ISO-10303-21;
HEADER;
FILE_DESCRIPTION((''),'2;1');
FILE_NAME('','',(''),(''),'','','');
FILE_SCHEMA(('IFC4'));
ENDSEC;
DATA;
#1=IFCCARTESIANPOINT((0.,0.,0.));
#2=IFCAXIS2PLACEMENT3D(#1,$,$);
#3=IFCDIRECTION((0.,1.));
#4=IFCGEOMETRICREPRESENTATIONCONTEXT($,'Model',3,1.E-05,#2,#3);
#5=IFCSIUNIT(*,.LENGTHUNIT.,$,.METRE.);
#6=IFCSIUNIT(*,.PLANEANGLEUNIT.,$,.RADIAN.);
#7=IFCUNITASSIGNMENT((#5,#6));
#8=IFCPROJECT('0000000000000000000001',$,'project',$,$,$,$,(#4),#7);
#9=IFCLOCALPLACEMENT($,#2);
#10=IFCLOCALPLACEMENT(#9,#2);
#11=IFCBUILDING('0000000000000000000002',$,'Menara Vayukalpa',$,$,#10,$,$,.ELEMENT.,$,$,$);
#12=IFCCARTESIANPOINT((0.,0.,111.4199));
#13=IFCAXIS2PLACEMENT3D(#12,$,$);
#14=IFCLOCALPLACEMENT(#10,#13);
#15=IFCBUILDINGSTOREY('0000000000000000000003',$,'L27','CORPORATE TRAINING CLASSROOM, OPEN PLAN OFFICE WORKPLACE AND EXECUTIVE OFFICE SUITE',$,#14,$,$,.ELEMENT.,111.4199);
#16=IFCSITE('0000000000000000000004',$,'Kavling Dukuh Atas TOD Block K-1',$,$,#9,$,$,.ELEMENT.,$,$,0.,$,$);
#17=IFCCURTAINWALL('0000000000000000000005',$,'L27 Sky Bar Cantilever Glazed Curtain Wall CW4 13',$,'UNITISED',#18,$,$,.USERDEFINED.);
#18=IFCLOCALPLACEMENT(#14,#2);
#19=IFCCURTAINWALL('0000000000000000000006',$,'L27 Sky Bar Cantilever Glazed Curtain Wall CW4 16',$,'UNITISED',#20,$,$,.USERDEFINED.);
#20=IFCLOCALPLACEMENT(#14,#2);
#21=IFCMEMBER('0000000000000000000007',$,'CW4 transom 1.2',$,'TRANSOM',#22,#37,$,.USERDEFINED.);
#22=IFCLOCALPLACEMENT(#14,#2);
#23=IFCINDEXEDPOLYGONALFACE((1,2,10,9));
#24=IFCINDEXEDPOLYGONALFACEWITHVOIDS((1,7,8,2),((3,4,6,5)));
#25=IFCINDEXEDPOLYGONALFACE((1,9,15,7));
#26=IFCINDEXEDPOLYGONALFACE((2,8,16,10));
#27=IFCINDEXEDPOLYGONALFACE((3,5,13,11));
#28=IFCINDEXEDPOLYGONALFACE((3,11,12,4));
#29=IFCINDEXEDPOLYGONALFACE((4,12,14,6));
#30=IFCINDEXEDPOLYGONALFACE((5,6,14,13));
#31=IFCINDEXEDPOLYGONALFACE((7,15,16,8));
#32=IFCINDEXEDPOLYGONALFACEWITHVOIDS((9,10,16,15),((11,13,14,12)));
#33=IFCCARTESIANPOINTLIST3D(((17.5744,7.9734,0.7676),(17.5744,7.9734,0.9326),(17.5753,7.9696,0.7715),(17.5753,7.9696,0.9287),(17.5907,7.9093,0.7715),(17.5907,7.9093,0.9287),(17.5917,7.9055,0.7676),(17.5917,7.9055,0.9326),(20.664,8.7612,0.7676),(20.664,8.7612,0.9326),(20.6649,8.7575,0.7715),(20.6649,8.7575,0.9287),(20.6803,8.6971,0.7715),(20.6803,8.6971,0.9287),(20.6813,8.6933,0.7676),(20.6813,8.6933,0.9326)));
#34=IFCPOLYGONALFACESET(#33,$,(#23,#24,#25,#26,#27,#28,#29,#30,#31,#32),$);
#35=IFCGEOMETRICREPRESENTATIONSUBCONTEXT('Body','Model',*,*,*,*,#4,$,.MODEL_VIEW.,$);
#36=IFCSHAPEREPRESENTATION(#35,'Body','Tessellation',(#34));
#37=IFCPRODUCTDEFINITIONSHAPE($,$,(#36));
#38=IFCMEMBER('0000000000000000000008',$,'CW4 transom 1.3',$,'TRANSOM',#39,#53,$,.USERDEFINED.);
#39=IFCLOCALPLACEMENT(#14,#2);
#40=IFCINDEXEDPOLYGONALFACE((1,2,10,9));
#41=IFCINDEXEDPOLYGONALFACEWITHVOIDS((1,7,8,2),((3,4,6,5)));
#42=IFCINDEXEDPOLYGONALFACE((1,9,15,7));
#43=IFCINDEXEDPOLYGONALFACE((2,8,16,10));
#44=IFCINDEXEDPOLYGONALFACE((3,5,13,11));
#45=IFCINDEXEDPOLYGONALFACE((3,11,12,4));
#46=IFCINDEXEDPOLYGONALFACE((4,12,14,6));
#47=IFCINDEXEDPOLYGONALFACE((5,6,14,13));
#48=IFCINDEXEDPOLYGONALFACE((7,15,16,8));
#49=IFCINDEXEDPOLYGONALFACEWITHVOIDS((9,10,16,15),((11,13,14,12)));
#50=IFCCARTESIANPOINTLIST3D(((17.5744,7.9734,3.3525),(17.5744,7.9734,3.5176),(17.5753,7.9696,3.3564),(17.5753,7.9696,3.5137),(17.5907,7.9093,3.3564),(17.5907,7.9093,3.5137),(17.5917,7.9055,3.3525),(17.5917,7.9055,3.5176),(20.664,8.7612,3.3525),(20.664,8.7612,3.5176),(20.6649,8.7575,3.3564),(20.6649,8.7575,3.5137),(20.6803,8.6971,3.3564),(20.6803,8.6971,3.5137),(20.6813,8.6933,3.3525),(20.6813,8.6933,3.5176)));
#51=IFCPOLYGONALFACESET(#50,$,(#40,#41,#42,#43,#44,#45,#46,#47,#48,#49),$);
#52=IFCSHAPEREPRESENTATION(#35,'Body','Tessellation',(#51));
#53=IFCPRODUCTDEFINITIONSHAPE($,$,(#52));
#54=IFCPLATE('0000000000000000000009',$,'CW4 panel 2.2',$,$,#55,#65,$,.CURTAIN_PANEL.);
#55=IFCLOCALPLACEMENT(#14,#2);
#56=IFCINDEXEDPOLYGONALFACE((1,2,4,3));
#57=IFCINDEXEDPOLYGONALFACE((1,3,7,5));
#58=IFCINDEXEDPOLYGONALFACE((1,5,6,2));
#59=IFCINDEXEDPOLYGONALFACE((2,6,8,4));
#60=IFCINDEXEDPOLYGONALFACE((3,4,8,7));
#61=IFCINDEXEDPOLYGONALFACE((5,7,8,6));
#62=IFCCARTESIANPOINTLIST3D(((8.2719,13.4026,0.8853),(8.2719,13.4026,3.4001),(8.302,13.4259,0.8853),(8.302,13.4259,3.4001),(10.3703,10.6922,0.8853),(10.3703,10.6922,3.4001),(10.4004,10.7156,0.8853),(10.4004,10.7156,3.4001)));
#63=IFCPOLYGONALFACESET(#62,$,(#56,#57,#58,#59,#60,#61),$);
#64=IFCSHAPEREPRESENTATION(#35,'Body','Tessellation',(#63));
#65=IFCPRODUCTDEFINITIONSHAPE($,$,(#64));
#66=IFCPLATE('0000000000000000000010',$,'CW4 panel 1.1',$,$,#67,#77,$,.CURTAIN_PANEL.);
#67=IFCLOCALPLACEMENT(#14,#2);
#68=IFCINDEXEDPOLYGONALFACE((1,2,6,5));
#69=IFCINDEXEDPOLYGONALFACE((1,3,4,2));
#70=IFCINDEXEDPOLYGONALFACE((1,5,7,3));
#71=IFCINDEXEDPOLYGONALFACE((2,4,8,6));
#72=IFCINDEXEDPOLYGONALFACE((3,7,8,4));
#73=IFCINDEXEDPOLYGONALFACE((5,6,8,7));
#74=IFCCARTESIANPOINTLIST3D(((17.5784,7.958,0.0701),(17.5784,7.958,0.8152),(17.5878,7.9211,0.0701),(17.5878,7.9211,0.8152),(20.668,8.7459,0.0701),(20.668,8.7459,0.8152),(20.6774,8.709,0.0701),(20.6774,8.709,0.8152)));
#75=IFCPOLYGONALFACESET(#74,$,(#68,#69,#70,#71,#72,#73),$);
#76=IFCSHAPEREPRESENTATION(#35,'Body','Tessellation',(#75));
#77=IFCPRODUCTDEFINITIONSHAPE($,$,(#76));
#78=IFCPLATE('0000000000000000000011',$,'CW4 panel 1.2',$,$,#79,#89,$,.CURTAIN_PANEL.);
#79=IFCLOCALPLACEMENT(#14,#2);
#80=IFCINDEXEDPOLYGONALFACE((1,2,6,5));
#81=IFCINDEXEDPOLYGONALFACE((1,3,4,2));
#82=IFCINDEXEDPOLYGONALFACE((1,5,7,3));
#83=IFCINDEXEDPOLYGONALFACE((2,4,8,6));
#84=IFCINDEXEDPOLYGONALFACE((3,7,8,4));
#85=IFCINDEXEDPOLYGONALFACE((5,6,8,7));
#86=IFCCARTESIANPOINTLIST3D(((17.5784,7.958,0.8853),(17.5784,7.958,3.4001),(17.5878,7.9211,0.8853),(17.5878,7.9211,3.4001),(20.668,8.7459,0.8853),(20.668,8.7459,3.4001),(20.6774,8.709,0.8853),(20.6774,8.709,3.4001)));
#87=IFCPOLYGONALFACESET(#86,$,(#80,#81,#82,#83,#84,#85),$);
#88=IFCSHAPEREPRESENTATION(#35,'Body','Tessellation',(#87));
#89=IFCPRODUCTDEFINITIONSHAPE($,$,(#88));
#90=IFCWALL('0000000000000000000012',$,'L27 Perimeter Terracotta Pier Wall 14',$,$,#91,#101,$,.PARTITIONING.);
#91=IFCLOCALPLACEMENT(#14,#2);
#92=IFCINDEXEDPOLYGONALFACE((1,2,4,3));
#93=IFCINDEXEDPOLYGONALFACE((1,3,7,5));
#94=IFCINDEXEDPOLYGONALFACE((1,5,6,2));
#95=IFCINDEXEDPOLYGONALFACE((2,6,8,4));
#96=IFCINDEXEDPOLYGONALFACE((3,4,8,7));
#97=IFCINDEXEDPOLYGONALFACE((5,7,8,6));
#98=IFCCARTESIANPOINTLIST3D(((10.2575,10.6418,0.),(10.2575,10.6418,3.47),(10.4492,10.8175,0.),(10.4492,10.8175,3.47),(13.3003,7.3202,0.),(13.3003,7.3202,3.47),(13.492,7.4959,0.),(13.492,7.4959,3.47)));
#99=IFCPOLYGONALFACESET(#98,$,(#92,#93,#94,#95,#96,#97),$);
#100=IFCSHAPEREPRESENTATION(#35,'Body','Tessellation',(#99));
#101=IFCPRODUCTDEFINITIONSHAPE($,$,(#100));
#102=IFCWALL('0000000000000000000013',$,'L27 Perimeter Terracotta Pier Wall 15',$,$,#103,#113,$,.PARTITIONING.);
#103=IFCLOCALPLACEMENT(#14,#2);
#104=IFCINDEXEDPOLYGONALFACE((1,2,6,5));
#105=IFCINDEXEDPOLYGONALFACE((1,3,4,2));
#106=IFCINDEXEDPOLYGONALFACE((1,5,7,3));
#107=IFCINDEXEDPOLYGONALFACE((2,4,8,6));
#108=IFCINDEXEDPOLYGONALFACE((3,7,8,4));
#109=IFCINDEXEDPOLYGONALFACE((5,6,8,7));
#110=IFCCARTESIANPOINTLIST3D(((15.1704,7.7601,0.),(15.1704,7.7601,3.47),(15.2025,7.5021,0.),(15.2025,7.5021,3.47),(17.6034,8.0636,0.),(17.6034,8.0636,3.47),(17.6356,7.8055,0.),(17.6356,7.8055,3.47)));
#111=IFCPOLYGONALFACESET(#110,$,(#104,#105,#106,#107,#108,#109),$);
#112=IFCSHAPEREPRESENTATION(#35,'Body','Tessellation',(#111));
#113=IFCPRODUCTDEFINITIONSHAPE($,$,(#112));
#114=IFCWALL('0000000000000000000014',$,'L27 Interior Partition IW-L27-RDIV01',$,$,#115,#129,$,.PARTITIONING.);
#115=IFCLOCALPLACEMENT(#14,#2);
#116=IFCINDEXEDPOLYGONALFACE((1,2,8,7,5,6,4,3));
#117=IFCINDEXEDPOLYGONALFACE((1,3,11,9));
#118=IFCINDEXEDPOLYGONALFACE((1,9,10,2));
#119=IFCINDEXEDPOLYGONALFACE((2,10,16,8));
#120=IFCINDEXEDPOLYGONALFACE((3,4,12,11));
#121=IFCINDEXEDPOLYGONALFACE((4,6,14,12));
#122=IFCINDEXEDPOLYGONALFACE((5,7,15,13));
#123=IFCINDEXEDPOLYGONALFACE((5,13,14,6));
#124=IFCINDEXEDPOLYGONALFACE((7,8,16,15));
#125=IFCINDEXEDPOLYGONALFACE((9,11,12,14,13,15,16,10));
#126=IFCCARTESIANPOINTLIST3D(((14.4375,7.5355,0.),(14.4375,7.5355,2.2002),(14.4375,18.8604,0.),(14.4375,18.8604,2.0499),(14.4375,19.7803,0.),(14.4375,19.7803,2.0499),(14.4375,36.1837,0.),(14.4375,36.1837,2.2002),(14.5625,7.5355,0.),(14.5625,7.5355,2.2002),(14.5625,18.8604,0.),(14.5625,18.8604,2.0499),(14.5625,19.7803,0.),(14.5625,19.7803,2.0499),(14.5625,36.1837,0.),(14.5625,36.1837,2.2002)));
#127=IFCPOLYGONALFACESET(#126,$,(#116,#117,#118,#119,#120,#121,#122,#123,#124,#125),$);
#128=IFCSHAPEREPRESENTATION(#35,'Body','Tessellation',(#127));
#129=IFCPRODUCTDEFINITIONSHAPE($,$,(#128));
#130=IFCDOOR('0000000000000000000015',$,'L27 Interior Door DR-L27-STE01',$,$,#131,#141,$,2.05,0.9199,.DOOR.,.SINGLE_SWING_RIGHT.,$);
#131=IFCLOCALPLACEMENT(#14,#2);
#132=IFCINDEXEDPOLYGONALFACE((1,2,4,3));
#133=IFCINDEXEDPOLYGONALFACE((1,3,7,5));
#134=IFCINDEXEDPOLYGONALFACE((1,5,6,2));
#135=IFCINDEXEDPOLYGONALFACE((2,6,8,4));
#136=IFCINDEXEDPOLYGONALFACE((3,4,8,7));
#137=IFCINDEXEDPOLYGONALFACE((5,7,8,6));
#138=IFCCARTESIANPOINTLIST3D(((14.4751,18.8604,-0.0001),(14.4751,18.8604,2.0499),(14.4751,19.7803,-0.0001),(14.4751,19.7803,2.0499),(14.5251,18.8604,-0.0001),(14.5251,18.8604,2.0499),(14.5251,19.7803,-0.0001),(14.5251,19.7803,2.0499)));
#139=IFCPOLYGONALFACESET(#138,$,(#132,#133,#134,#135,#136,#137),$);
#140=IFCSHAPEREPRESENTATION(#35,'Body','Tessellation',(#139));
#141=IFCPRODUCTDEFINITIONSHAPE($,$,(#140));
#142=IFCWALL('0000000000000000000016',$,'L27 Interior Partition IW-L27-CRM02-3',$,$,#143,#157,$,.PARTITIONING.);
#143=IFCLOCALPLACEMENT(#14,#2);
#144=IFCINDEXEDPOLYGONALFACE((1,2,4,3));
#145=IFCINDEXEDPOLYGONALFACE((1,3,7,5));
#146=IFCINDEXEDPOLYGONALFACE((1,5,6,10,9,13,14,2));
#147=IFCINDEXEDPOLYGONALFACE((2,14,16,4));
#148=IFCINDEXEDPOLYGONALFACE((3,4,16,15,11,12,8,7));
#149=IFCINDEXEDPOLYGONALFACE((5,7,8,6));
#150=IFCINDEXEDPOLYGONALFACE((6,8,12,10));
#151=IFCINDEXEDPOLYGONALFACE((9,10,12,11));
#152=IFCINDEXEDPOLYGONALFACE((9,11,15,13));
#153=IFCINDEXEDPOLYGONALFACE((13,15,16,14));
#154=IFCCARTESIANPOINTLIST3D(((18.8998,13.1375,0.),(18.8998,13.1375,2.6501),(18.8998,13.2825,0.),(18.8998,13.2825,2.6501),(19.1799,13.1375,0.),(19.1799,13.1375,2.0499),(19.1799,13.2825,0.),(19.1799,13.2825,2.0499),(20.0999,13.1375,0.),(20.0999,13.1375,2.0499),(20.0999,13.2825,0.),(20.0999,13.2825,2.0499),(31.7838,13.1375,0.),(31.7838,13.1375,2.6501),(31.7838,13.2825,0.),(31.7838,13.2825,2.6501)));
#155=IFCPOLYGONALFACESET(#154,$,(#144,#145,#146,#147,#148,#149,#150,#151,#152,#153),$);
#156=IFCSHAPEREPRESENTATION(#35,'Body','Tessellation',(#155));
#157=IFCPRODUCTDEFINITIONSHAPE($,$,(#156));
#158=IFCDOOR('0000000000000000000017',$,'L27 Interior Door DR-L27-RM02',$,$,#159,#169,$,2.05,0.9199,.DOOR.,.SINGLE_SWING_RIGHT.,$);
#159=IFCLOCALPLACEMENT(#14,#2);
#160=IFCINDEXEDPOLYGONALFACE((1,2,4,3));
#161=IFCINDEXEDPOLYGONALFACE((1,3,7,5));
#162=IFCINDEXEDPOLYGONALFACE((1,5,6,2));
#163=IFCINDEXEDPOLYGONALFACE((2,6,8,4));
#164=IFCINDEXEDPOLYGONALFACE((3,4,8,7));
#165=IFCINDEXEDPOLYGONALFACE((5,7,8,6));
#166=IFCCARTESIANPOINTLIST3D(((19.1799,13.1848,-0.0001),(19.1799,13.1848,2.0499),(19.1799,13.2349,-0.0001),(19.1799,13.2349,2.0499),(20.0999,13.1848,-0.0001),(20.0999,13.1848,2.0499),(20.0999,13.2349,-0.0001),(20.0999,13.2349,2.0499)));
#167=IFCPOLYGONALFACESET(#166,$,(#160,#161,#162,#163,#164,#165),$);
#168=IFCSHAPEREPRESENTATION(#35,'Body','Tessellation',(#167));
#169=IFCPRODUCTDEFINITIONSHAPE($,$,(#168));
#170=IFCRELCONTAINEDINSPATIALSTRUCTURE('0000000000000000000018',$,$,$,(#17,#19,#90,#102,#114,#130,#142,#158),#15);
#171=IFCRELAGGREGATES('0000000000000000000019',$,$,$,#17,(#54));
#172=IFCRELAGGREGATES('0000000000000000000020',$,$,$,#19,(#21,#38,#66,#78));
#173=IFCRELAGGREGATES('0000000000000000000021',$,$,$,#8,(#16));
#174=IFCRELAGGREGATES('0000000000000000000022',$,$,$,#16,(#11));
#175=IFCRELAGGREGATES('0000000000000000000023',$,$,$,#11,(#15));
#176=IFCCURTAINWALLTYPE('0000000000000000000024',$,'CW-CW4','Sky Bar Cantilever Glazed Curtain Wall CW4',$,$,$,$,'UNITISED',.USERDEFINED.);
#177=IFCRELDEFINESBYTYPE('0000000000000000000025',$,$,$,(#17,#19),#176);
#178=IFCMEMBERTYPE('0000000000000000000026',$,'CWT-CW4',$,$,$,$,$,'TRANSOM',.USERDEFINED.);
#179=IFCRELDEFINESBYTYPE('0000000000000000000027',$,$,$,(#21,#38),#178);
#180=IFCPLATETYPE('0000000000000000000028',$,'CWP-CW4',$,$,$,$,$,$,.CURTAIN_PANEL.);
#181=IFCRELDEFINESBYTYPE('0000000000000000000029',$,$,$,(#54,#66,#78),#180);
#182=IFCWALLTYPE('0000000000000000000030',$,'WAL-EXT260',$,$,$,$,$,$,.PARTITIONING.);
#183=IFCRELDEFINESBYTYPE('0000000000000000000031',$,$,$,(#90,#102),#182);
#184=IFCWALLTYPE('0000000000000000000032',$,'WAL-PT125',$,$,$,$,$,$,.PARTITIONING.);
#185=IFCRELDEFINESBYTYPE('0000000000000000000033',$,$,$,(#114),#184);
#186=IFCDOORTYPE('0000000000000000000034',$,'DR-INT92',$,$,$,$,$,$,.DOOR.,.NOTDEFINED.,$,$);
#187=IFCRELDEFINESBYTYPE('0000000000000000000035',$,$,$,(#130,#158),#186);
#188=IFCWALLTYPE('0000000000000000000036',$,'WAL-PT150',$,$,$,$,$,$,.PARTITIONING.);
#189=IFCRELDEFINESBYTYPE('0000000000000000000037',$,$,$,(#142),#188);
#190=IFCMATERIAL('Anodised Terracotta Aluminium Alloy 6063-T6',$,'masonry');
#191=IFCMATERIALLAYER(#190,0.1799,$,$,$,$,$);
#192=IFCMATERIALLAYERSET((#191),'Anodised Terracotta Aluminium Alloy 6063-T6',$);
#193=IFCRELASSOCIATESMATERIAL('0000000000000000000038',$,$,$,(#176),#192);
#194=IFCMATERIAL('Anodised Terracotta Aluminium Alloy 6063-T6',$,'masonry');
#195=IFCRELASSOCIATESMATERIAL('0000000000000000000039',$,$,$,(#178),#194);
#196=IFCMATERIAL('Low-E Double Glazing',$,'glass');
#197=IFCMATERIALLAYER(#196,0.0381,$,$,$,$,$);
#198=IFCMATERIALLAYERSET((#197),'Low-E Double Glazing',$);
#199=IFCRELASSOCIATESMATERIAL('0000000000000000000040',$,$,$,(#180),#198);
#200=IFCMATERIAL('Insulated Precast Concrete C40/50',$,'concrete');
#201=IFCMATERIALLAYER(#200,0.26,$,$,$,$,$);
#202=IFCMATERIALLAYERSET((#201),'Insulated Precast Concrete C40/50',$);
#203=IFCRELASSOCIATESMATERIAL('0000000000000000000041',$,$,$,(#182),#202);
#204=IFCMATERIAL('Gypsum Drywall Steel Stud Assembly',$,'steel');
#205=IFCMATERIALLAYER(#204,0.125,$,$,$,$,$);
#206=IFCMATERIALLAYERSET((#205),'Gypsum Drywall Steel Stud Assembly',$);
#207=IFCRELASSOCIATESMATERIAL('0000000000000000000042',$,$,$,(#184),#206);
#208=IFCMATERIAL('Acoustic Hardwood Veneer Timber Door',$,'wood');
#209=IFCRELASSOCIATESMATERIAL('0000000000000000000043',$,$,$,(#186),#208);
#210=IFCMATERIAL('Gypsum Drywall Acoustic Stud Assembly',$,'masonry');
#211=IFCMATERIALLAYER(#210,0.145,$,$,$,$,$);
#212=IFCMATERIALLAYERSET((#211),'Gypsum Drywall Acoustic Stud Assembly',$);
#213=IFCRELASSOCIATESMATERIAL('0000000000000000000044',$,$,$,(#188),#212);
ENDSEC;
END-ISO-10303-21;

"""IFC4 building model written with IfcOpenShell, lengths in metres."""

from ifc_helpers import new_model, si_unit, direction, frame, frame_2d, origin, origin_2d, place, context, subcontext, project, spatial, rectangle, hollow_rectangle, extrude, material, layer, layer_set, material_profile, profile_set, type_object, element, fill, aggregate, save


model = new_model("IFC4")

# Units and contexts
model_context = context("Model", 3, precision=1e-05, world=origin(), true_north=direction((0.0, 1.0)))
body_context = subcontext(model_context, "Body", "Model", "MODEL_VIEW")
ifc_project = project(units=[si_unit("LENGTHUNIT", "METRE"), si_unit("PLANEANGLEUNIT", "RADIAN")], contexts=[model_context])

# Site, building, storey
site_placement = place(None, origin())
site = spatial("IfcSite", under=ifc_project, at=site_placement, Name="Kavling Dukuh Atas TOD Block K-1", CompositionType="ELEMENT", RefElevation=0.0)
building_placement = place(site_placement, origin())
building = spatial("IfcBuilding", under=site, at=building_placement, Name="Menara Vayukalpa", CompositionType="ELEMENT")
storey_placement = place(building_placement, frame((0.0, 0.0, 111.4199)))
storey = spatial("IfcBuildingStorey", under=building, at=storey_placement, Name="L27", Description="CORPORATE TRAINING CLASSROOM, OPEN PLAN OFFICE WORKPLACE AND EXECUTIVE OFFICE SUITE", CompositionType="ELEMENT", Elevation=111.4199)

# Curtain wall
ifc_material_1 = material(Name="Anodised Terracotta Aluminium Alloy 6063-T6", Category="masonry")
ifc_layer_1 = layer(ifc_material_1, 0.1799)
ifc_layer_set_1 = layer_set([ifc_layer_1], Name="Anodised Terracotta Aluminium Alloy 6063-T6")
curtain_wall_type = type_object("IfcCurtainWallType", Name="CW-CW4", Description="Sky Bar Cantilever Glazed Curtain Wall CW4", ElementType="UNITISED", PredefinedType="USERDEFINED", material=ifc_layer_set_1)
curtain_wall_1_placement = place(storey_placement, origin())
curtain_wall_1 = element("IfcCurtainWall", 1, at=curtain_wall_1_placement, inside=storey, type_object=curtain_wall_type, Name="L27 Sky Bar Cantilever Glazed Curtain Wall CW4 13", ObjectType="UNITISED", PredefinedType="USERDEFINED")

# Curtain wall, members
curtain_wall_2_placement = place(storey_placement, origin())
curtain_wall_2 = element("IfcCurtainWall", 2, at=curtain_wall_2_placement, inside=storey, type_object=curtain_wall_type, Name="L27 Sky Bar Cantilever Glazed Curtain Wall CW4 16", ObjectType="UNITISED", PredefinedType="USERDEFINED")
ifc_material_2 = material(Name="Anodised Terracotta Aluminium Alloy 6063-T6", Category="masonry")
ifc_material_profile_1 = material_profile(ifc_material_2, hollow_rectangle(XDim=0.0701, YDim=0.165, WallThickness=0.0039, at=origin_2d()), Name="ALU 70x165x4")
ifc_profile_set_1 = profile_set([ifc_material_profile_1], Name="Anodised Terracotta Aluminium Alloy 6063-T6")
member_type_1 = type_object("IfcMemberType", Name="CWT-CW4", ElementType="TRANSOM", PredefinedType="USERDEFINED", material=ifc_profile_set_1)
member_1_placement = place(storey_placement, frame((17.583, 7.9395, 0.8501), z_axis=(0.968992, 0.247091, 0.0), x_axis=(-0.247091, 0.968992, 0.0)))
member_1 = element("IfcMember", 3, at=member_1_placement, type_object=member_type_1, Name="CW4 transom 1.2", ObjectType="TRANSOM", PredefinedType="USERDEFINED", context=body_context, shape_type="SweptSolid", body=[
    extrude(hollow_rectangle(XDim=0.0701, YDim=0.165, WallThickness=0.0039, at=origin_2d()), origin(), (0.0, 0.0, 1.0), 3.1885),
])
member_2_placement = place(storey_placement, frame((17.583, 7.9395, 3.4351), z_axis=(0.968992, 0.247091, 0.0), x_axis=(-0.247091, 0.968992, 0.0)))
member_2 = element("IfcMember", 4, at=member_2_placement, type_object=member_type_1, Name="CW4 transom 1.3", ObjectType="TRANSOM", PredefinedType="USERDEFINED", context=body_context, shape_type="SweptSolid", body=[
    extrude(hollow_rectangle(XDim=0.0701, YDim=0.165, WallThickness=0.0039, at=origin_2d()), origin(), (0.0, 0.0, 1.0), 3.1885),
])

# Plates
ifc_material_3 = material(Name="Low-E Double Glazing", Category="glass")
ifc_layer_2 = layer(ifc_material_3, 0.0381)
ifc_layer_set_2 = layer_set([ifc_layer_2], Name="Low-E Double Glazing")
plate_type = type_object("IfcPlateType", Name="CWP-CW4", PredefinedType="CURTAIN_PANEL", material=ifc_layer_set_2)
plate_1_placement = place(storey_placement, frame((9.3362, 12.0591, 0.8853), z_axis=(0.0, 0.0, 1.0), x_axis=(0.612189, -0.790712, 0.0)))
plate_1 = element("IfcPlate", 5, at=plate_1_placement, type_object=plate_type, Name="CW4 panel 2.2", PredefinedType="CURTAIN_PANEL", context=body_context, shape_type="SweptSolid", body=[
    extrude(rectangle(XDim=3.4277, YDim=0.0381, at=origin_2d()), origin(), (0.0, 0.0, 1.0), 2.5149),
])
aggregate(curtain_wall_1, [plate_1])
plate_2_placement = place(storey_placement, frame((19.1279, 8.3335, 0.0701), z_axis=(0.0, 0.0, 1.0), x_axis=(0.968982, 0.247131, 0.0)))
plate_2 = element("IfcPlate", 6, at=plate_2_placement, type_object=plate_type, Name="CW4 panel 1.1", PredefinedType="CURTAIN_PANEL", context=body_context, shape_type="SweptSolid", body=[
    extrude(rectangle(XDim=3.1885, YDim=0.0381, at=origin_2d()), origin(), (0.0, 0.0, 1.0), 0.7451),
])
plate_3_placement = place(storey_placement, frame((19.1279, 8.3335, 0.8853), z_axis=(0.0, 0.0, 1.0), x_axis=(0.968982, 0.247131, 0.0)))
plate_3 = element("IfcPlate", 7, at=plate_3_placement, type_object=plate_type, Name="CW4 panel 1.2", PredefinedType="CURTAIN_PANEL", context=body_context, shape_type="SweptSolid", body=[
    extrude(rectangle(XDim=3.1885, YDim=0.0381, at=origin_2d()), origin(), (0.0, 0.0, 1.0), 2.5149),
])
aggregate(curtain_wall_2, [member_1, member_2, plate_2, plate_3])

# Walls
ifc_material_4 = material(Name="Insulated Precast Concrete C40/50", Category="concrete")
ifc_layer_3 = layer(ifc_material_4, 0.26)
ifc_layer_set_3 = layer_set([ifc_layer_3], Name="Insulated Precast Concrete C40/50")
wall_type_1 = type_object("IfcWallType", Name="WAL-EXT260", PredefinedType="PARTITIONING", material=ifc_layer_set_3)
wall_1_placement = place(storey_placement, frame((13.3962, 7.408, 0.0), z_axis=(0.0, 0.0, 1.0), x_axis=(-0.675482, 0.737377, 0.0)))
element("IfcWall", 8, at=wall_1_placement, inside=storey, type_object=wall_type_1, Name="L27 Perimeter Terracotta Pier Wall 14", PredefinedType="PARTITIONING", context=body_context, shape_type="SweptSolid", body=[
    extrude(rectangle(XDim=4.5046, YDim=0.26, at=frame_2d((2.2524, 0.0))), origin(), (0.0, 0.0, 1.0), 3.47),
])
wall_2_placement = place(storey_placement, frame((17.6196, 7.9346, 0.0), z_axis=(0.0, 0.0, 1.0), x_axis=(-0.992312, -0.123765, 0.0)))
element("IfcWall", 9, at=wall_2_placement, inside=storey, type_object=wall_type_1, Name="L27 Perimeter Terracotta Pier Wall 15", PredefinedType="PARTITIONING", context=body_context, shape_type="SweptSolid", body=[
    extrude(rectangle(XDim=2.4519, YDim=0.26, at=frame_2d((1.2261, 0.0))), origin(), (0.0, 0.0, 1.0), 3.47),
])

# Walls, openings, doors
ifc_material_5 = material(Name="Gypsum Drywall Steel Stud Assembly", Category="steel")
ifc_layer_4 = layer(ifc_material_5, 0.125)
ifc_layer_set_4 = layer_set([ifc_layer_4], Name="Gypsum Drywall Steel Stud Assembly")
wall_type_2 = type_object("IfcWallType", Name="WAL-PT125", PredefinedType="PARTITIONING", material=ifc_layer_set_4)
wall_3_placement = place(storey_placement, frame((14.5, 7.5354, 0.0), z_axis=(0.0, 0.0, 1.0), x_axis=(0.0, 1.0, 0.0)))
wall_3 = element("IfcWall", 10, at=wall_3_placement, inside=storey, type_object=wall_type_2, Name="L27 Interior Partition IW-L27-RDIV01", PredefinedType="PARTITIONING", context=body_context, shape_type="SweptSolid", body=[
    extrude(rectangle(XDim=28.6482, YDim=0.125, at=frame_2d((14.3242, 0.0))), origin(), (0.0, 0.0, 1.0), 2.2002),
])
opening_1_placement = place(wall_3_placement, frame((11.325, 0.0, 0.0)))
opening_1 = element("IfcOpeningElement", 11, at=opening_1_placement, cuts=wall_3, PredefinedType="OPENING", context=body_context, shape_type="SweptSolid", body=[
    extrude(rectangle(XDim=0.9199, YDim=2.05, at=frame_2d((0.46, 1.0249))), frame((0.0, 0.0725, 0.0), z_axis=(0.0, -1.0, 0.0), x_axis=(1.0, 0.0, 0.0)), (0.0, 0.0, 1.0), 0.145),
])
ifc_material_6 = material(Name="Acoustic Hardwood Veneer Timber Door", Category="wood")
door_type = type_object("IfcDoorType", Name="DR-INT92", OperationType="NOTDEFINED", PredefinedType="DOOR", material=ifc_material_6)
door_1_placement = place(opening_1_placement, origin())
door_1 = element("IfcDoor", 12, at=door_1_placement, inside=storey, type_object=door_type, Name="L27 Interior Door DR-L27-STE01", OperationType="SINGLE_SWING_RIGHT", OverallHeight=2.05, OverallWidth=0.9199, PredefinedType="DOOR", context=body_context, shape_type="SweptSolid", body=[
    extrude(rectangle(XDim=0.9199, YDim=2.05, at=frame_2d((0.46, 1.0249))), frame((0.0, 0.0249, 0.0), z_axis=(0.0, -1.0, 0.0), x_axis=(1.0, 0.0, 0.0)), (0.0, 0.0, 1.0), 0.05),
])
fill(opening_1, door_1)
ifc_material_7 = material(Name="Gypsum Drywall Acoustic Stud Assembly", Category="masonry")
ifc_layer_5 = layer(ifc_material_7, 0.145)
ifc_layer_set_5 = layer_set([ifc_layer_5], Name="Gypsum Drywall Acoustic Stud Assembly")
wall_type_3 = type_object("IfcWallType", Name="WAL-PT150", PredefinedType="PARTITIONING", material=ifc_layer_set_5)
wall_4_placement = place(storey_placement, frame((18.8999, 13.21, 0.0), z_axis=(0.0, 0.0, 1.0), x_axis=(1.0, 0.0, 0.0)))
wall_4 = element("IfcWall", 13, at=wall_4_placement, inside=storey, type_object=wall_type_3, Name="L27 Interior Partition IW-L27-CRM02-3", PredefinedType="PARTITIONING", context=body_context, shape_type="SweptSolid", body=[
    extrude(rectangle(XDim=12.884, YDim=0.145, at=frame_2d((6.4419, 0.0))), origin(), (0.0, 0.0, 1.0), 2.6501),
])
opening_2_placement = place(wall_4_placement, frame((0.28, 0.0, 0.0)))
opening_2 = element("IfcOpeningElement", 14, at=opening_2_placement, cuts=wall_4, PredefinedType="OPENING", context=body_context, shape_type="SweptSolid", body=[
    extrude(rectangle(XDim=0.9199, YDim=2.05, at=frame_2d((0.46, 1.0249))), frame((0.0, 0.0825, 0.0), z_axis=(0.0, -1.0, 0.0), x_axis=(1.0, 0.0, 0.0)), (0.0, 0.0, 1.0), 0.165),
])
door_2_placement = place(opening_2_placement, origin())
door_2 = element("IfcDoor", 15, at=door_2_placement, inside=storey, type_object=door_type, Name="L27 Interior Door DR-L27-RM02", OperationType="SINGLE_SWING_RIGHT", OverallHeight=2.05, OverallWidth=0.9199, PredefinedType="DOOR", context=body_context, shape_type="SweptSolid", body=[
    extrude(rectangle(XDim=0.9199, YDim=2.05, at=frame_2d((0.46, 1.0249))), frame((0.0, 0.0249, 0.0), z_axis=(0.0, -1.0, 0.0), x_axis=(1.0, 0.0, 0.0)), (0.0, 0.0, 1.0), 0.05),
])
fill(opening_2, door_2)

save(model, "model.ifc")
